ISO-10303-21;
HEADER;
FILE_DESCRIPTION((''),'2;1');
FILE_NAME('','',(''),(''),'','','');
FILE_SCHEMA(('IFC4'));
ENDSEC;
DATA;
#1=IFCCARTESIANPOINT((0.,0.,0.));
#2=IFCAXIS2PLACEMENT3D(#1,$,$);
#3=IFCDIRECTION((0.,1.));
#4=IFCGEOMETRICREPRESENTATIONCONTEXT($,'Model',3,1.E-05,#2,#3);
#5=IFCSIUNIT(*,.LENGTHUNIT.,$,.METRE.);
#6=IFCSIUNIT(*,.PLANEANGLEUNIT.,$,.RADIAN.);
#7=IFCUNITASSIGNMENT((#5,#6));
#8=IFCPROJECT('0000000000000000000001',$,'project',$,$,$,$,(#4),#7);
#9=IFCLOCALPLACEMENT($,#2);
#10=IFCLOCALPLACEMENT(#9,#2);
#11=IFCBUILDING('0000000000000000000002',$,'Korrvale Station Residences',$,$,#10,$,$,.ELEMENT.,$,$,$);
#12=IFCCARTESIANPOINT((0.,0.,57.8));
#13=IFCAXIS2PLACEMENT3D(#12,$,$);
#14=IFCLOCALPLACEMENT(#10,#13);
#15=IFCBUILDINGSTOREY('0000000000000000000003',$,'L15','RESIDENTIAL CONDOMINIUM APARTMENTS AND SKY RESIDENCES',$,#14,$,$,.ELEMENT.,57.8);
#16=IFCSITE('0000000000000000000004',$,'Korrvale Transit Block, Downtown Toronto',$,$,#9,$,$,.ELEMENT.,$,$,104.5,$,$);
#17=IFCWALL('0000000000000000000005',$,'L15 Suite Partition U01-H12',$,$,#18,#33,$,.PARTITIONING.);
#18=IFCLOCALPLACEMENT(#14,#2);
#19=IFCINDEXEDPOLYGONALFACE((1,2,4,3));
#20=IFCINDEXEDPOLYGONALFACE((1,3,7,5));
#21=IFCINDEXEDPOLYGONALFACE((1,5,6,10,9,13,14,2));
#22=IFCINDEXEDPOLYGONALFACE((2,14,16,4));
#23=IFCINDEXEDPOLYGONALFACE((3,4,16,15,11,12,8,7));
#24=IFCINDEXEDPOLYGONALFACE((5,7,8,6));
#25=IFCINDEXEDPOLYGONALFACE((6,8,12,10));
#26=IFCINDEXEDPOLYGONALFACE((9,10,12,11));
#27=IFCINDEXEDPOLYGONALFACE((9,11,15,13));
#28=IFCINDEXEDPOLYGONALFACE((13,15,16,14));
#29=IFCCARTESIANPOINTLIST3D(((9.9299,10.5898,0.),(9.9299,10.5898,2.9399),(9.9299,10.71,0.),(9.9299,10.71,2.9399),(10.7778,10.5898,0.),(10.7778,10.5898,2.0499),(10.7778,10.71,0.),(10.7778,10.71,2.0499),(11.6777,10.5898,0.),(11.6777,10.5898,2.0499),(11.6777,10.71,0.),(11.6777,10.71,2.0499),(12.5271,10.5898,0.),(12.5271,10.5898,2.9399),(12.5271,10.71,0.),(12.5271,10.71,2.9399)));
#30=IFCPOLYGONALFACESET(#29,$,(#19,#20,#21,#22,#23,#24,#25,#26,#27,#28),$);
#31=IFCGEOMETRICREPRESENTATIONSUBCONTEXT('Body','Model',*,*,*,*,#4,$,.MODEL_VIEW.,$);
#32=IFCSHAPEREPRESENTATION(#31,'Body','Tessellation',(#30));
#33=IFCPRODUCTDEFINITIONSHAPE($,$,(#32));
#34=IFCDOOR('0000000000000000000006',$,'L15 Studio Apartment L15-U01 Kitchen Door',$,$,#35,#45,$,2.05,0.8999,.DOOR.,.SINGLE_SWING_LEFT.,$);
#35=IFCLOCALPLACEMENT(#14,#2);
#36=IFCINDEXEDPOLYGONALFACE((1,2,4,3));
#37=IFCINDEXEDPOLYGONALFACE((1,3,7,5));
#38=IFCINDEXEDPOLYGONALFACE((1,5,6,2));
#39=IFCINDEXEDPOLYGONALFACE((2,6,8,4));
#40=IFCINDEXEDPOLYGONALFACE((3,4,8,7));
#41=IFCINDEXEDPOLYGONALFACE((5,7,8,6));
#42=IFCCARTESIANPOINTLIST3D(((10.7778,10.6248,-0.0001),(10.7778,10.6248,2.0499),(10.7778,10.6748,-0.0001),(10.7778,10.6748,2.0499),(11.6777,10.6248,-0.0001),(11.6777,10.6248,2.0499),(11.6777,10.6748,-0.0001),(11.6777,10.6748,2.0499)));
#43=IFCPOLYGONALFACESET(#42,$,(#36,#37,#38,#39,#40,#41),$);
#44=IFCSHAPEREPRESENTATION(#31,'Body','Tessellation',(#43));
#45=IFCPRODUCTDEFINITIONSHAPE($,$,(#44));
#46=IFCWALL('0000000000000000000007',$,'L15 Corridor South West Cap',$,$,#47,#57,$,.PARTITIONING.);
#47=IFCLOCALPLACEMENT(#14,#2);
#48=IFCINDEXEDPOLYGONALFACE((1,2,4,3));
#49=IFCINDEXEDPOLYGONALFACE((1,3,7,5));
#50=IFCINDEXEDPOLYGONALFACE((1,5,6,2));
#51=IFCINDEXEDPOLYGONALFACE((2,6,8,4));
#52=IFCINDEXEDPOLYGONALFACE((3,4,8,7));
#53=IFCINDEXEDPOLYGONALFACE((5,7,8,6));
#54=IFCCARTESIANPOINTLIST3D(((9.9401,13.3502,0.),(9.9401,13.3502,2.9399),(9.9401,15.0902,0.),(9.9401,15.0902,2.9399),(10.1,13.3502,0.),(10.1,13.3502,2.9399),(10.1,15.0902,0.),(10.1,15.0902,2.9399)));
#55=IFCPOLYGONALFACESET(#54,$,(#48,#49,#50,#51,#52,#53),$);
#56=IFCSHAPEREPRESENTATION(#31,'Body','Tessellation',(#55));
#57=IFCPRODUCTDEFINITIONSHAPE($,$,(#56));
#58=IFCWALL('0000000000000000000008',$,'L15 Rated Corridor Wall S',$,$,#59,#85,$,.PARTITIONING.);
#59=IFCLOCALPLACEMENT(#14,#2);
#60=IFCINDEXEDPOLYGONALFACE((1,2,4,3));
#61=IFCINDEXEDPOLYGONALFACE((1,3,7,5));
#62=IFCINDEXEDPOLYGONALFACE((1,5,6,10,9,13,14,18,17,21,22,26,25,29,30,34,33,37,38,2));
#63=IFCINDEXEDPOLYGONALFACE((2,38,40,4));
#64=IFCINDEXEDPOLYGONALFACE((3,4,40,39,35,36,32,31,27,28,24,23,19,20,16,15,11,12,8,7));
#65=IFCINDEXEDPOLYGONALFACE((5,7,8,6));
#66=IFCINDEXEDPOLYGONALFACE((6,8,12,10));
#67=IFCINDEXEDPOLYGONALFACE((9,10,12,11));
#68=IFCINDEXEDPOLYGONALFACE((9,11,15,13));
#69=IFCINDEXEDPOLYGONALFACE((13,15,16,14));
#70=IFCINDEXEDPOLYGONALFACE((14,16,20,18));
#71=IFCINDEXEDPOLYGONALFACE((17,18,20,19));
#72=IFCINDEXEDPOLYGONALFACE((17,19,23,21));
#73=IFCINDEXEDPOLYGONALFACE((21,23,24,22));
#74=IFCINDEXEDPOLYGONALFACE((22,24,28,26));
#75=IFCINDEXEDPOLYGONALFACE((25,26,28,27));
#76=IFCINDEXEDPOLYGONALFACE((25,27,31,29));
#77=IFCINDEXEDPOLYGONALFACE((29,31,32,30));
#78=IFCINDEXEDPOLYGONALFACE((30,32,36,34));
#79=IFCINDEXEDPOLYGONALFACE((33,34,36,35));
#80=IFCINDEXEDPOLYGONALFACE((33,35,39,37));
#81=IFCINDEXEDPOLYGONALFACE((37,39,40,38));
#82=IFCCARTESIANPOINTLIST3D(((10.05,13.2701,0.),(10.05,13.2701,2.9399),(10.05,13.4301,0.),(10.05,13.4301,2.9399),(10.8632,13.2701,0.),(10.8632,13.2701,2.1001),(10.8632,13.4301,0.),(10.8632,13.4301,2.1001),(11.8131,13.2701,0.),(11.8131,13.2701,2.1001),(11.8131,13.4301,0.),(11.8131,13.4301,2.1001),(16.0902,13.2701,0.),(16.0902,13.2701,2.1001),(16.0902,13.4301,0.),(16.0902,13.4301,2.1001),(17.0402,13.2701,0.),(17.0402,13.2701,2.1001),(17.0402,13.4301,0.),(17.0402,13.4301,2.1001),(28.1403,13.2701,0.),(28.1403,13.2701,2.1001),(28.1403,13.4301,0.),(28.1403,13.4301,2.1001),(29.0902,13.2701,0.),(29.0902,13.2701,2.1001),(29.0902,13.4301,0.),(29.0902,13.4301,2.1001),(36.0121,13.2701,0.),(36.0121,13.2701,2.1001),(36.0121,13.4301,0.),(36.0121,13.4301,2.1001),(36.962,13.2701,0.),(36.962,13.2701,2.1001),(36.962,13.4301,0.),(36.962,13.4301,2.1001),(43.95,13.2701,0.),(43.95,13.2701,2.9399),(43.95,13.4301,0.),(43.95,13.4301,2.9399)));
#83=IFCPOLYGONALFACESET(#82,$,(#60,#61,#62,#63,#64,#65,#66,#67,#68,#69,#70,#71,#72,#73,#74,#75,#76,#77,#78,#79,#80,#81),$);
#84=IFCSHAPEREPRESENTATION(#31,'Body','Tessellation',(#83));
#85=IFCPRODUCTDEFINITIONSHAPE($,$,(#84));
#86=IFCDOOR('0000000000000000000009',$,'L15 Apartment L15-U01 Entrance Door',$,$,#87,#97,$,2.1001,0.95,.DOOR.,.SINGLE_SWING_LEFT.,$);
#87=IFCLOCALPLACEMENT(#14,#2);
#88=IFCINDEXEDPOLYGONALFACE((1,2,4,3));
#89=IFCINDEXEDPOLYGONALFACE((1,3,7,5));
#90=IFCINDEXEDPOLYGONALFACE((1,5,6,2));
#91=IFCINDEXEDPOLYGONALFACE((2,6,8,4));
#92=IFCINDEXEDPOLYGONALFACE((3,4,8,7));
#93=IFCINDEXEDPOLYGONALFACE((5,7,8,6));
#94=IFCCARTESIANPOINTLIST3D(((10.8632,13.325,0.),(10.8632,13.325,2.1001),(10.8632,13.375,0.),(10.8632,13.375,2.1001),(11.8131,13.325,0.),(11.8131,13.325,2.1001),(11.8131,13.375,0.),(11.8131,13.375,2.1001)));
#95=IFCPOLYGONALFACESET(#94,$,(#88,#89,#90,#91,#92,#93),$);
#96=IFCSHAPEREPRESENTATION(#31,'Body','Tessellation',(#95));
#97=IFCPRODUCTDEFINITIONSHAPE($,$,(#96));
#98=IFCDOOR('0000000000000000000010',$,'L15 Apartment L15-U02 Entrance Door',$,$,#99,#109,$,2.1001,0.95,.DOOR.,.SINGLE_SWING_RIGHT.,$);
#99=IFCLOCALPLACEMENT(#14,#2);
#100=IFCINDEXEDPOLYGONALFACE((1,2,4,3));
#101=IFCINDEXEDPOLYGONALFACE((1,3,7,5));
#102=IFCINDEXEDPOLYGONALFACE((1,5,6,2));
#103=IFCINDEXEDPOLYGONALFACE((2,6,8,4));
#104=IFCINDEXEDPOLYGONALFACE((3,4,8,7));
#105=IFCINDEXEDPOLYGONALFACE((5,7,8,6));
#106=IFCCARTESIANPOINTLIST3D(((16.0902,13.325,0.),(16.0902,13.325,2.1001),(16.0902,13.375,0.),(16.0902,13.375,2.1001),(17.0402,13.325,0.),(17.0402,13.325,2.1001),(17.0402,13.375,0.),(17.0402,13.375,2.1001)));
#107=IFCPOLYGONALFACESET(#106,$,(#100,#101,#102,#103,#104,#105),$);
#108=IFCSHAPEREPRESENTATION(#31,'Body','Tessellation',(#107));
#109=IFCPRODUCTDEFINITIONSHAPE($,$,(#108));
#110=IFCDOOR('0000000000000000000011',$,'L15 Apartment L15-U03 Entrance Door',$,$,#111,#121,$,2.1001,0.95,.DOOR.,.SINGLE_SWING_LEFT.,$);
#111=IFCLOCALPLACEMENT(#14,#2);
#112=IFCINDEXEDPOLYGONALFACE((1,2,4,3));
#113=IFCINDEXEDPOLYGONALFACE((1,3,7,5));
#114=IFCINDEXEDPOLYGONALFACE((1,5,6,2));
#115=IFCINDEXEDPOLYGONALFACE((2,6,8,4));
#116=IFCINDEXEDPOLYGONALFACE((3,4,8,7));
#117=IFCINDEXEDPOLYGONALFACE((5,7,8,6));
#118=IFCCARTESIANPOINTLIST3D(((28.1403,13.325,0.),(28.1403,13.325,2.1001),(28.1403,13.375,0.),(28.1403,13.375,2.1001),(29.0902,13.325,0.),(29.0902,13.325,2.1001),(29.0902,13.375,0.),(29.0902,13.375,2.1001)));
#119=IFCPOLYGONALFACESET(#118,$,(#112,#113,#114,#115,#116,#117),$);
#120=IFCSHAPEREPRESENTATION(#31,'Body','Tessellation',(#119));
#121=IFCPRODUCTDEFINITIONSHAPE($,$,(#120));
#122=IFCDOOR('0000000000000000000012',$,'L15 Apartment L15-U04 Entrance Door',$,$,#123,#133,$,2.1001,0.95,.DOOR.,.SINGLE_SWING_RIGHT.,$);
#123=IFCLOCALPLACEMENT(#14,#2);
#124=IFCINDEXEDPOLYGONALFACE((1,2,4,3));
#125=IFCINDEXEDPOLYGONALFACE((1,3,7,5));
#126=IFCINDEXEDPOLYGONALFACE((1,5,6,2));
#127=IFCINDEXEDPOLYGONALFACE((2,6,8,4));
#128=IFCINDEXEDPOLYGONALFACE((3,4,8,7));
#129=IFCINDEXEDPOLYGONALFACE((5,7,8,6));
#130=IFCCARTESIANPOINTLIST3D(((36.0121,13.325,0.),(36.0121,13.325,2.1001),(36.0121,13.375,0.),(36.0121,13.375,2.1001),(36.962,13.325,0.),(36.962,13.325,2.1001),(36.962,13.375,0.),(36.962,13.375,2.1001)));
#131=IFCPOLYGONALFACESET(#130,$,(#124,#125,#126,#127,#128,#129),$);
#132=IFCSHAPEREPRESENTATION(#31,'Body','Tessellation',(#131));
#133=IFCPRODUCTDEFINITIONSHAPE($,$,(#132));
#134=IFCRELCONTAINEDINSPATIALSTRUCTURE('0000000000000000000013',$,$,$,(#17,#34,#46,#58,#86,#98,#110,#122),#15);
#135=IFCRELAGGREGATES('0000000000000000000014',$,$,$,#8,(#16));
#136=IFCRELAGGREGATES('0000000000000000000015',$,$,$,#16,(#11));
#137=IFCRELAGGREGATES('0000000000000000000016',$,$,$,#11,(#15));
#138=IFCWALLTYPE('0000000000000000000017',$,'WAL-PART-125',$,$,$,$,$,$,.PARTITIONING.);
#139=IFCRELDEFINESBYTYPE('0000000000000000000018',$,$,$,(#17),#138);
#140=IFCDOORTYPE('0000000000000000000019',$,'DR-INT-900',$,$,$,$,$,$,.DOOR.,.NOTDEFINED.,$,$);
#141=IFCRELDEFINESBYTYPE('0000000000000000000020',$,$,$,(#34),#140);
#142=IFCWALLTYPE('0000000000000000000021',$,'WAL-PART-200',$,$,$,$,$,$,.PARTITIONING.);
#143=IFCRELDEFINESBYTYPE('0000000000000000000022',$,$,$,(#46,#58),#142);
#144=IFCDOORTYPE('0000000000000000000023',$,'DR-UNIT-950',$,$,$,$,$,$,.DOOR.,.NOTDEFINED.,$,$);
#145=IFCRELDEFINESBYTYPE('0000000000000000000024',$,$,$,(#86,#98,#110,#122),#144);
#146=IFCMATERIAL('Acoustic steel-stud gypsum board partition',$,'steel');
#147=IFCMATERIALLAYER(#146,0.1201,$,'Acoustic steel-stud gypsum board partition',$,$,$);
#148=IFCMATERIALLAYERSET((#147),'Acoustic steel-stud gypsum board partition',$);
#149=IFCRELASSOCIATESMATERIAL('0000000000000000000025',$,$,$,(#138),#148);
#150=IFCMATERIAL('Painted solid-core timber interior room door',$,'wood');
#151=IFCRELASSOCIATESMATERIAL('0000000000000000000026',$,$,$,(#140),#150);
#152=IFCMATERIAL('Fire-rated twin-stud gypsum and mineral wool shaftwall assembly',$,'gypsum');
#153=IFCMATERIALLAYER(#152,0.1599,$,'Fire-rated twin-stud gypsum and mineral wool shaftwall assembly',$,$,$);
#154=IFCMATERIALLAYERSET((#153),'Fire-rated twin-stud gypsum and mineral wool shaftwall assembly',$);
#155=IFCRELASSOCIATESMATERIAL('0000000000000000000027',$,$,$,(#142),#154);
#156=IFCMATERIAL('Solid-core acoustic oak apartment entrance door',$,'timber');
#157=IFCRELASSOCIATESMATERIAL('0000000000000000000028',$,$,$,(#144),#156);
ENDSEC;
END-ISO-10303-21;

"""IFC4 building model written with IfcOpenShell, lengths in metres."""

from ifc_helpers import new_model, si_unit, direction, frame, frame_2d, origin, place, context, subcontext, project, spatial, rectangle, extrude, material, layer, layer_set, type_object, element, fill, save


model = new_model("IFC4")

# Units and contexts
model_context = context("Model", 3, precision=1e-05, world=origin(), true_north=direction((0.0, 1.0)))
body_context = subcontext(model_context, "Body", "Model", "MODEL_VIEW")
ifc_project = project(units=[si_unit("LENGTHUNIT", "METRE"), si_unit("PLANEANGLEUNIT", "RADIAN")], contexts=[model_context])

# Site, building, storey
site_placement = place(None, origin())
site = spatial("IfcSite", under=ifc_project, at=site_placement, Name="Korrvale Transit Block, Downtown Toronto", CompositionType="ELEMENT", RefElevation=104.5)
building_placement = place(site_placement, origin())
building = spatial("IfcBuilding", under=site, at=building_placement, Name="Korrvale Station Residences", CompositionType="ELEMENT")
storey_placement = place(building_placement, frame((0.0, 0.0, 57.8)))
storey = spatial("IfcBuildingStorey", under=building, at=storey_placement, Name="L15", Description="RESIDENTIAL CONDOMINIUM APARTMENTS AND SKY RESIDENCES", CompositionType="ELEMENT", Elevation=57.8)

# Shared definitions
ifc_material_1 = material(Name="Acoustic steel-stud gypsum board partition", Category="steel")
ifc_layer_1 = layer(ifc_material_1, 0.1201, Name="Acoustic steel-stud gypsum board partition")
ifc_layer_set_1 = layer_set([ifc_layer_1], Name="Acoustic steel-stud gypsum board partition")
wall_type_1 = type_object("IfcWallType", Name="WAL-PART-125", PredefinedType="PARTITIONING", material=ifc_layer_set_1)

# Wall, opening, door
wall_1_placement = place(storey_placement, frame((9.9299, 10.6499, 0.0), z_axis=(0.0, 0.0, 1.0), x_axis=(1.0, 0.0, 0.0)))
wall_1 = element("IfcWall", 1, at=wall_1_placement, inside=storey, type_object=wall_type_1, Name="L15 Suite Partition U01-H12", PredefinedType="PARTITIONING", context=body_context, shape_type="SweptSolid", body=[
    extrude(rectangle(XDim=2.5972, YDim=0.1201, at=frame_2d((1.2986, 0.0))), origin(), (0.0, 0.0, 1.0), 2.9399),
])
opening_1_placement = place(wall_1_placement, frame((0.8479, 0.0, 0.0)))
opening_1 = element("IfcOpeningElement", 2, at=opening_1_placement, cuts=wall_1, PredefinedType="OPENING", context=body_context, shape_type="SweptSolid", body=[
    extrude(rectangle(XDim=0.8999, YDim=2.05, at=frame_2d((0.45, 1.0249))), frame((0.0, 0.0701, 0.0), z_axis=(0.0, -1.0, 0.0), x_axis=(1.0, 0.0, 0.0)), (0.0, 0.0, 1.0), 0.1401),
])
ifc_material_2 = material(Name="Painted solid-core timber interior room door", Category="wood")
door_type_1 = type_object("IfcDoorType", Name="DR-INT-900", OperationType="NOTDEFINED", PredefinedType="DOOR", material=ifc_material_2)
door_1_placement = place(opening_1_placement, origin())
door_1 = element("IfcDoor", 3, at=door_1_placement, inside=storey, type_object=door_type_1, Name="L15 Studio Apartment L15-U01 Kitchen Door", OperationType="SINGLE_SWING_LEFT", OverallHeight=2.05, OverallWidth=0.8999, PredefinedType="DOOR", context=body_context, shape_type="SweptSolid", body=[
    extrude(rectangle(XDim=0.8999, YDim=2.05, at=frame_2d((0.45, 1.0249))), frame((0.0, 0.0249, 0.0), z_axis=(0.0, -1.0, 0.0), x_axis=(1.0, 0.0, 0.0)), (0.0, 0.0, 1.0), 0.05),
])
fill(opening_1, door_1)

# Wall
ifc_material_3 = material(Name="Fire-rated twin-stud gypsum and mineral wool shaftwall assembly", Category="gypsum")
ifc_layer_2 = layer(ifc_material_3, 0.1599, Name="Fire-rated twin-stud gypsum and mineral wool shaftwall assembly")
ifc_layer_set_2 = layer_set([ifc_layer_2], Name="Fire-rated twin-stud gypsum and mineral wool shaftwall assembly")
wall_type_2 = type_object("IfcWallType", Name="WAL-PART-200", PredefinedType="PARTITIONING", material=ifc_layer_set_2)
wall_2_placement = place(storey_placement, frame((10.02, 13.3501, 0.0), z_axis=(0.0, 0.0, 1.0), x_axis=(0.0, 1.0, 0.0)))
element("IfcWall", 4, at=wall_2_placement, inside=storey, type_object=wall_type_2, Name="L15 Corridor South West Cap", PredefinedType="PARTITIONING", context=body_context, shape_type="SweptSolid", body=[
    extrude(rectangle(XDim=1.74, YDim=0.1599, at=frame_2d((0.8701, 0.0))), origin(), (0.0, 0.0, 1.0), 2.9399),
])

# Wall, openings, doors
wall_3_placement = place(storey_placement, frame((10.05, 13.3501, 0.0), z_axis=(0.0, 0.0, 1.0), x_axis=(1.0, 0.0, 0.0)))
wall_3 = element("IfcWall", 5, at=wall_3_placement, inside=storey, type_object=wall_type_2, Name="L15 Rated Corridor Wall S", PredefinedType="PARTITIONING", context=body_context, shape_type="SweptSolid", body=[
    extrude(rectangle(XDim=33.8999, YDim=0.1599, at=frame_2d((16.95, 0.0))), origin(), (0.0, 0.0, 1.0), 2.9399),
])
opening_2_placement = place(wall_3_placement, frame((0.813, 0.0, 0.0)))
opening_2 = element("IfcOpeningElement", 6, at=opening_2_placement, cuts=wall_3, PredefinedType="OPENING", context=body_context, shape_type="SweptSolid", body=[
    extrude(rectangle(XDim=0.95, YDim=2.1001, at=frame_2d((0.4751, 1.05))), frame((0.0, 0.0898, 0.0), z_axis=(0.0, -1.0, 0.0), x_axis=(1.0, 0.0, 0.0)), (0.0, 0.0, 1.0), 0.1799),
])
opening_3_placement = place(wall_3_placement, frame((6.04, 0.0, 0.0)))
opening_3 = element("IfcOpeningElement", 7, at=opening_3_placement, cuts=wall_3, PredefinedType="OPENING", context=body_context, shape_type="SweptSolid", body=[
    extrude(rectangle(XDim=0.95, YDim=2.1001, at=frame_2d((0.4751, 1.05))), frame((0.0, 0.0898, 0.0), z_axis=(0.0, -1.0, 0.0), x_axis=(1.0, 0.0, 0.0)), (0.0, 0.0, 1.0), 0.1799),
])
opening_4_placement = place(wall_3_placement, frame((18.0901, 0.0, 0.0)))
opening_4 = element("IfcOpeningElement", 8, at=opening_4_placement, cuts=wall_3, PredefinedType="OPENING", context=body_context, shape_type="SweptSolid", body=[
    extrude(rectangle(XDim=0.95, YDim=2.1001, at=frame_2d((0.4751, 1.05))), frame((0.0, 0.0898, 0.0), z_axis=(0.0, -1.0, 0.0), x_axis=(1.0, 0.0, 0.0)), (0.0, 0.0, 1.0), 0.1799),
])
opening_5_placement = place(wall_3_placement, frame((25.9619, 0.0, 0.0)))
opening_5 = element("IfcOpeningElement", 9, at=opening_5_placement, cuts=wall_3, PredefinedType="OPENING", context=body_context, shape_type="SweptSolid", body=[
    extrude(rectangle(XDim=0.95, YDim=2.1001, at=frame_2d((0.4751, 1.05))), frame((0.0, 0.0898, 0.0), z_axis=(0.0, -1.0, 0.0), x_axis=(1.0, 0.0, 0.0)), (0.0, 0.0, 1.0), 0.1799),
])
ifc_material_4 = material(Name="Solid-core acoustic oak apartment entrance door", Category="timber")
door_type_2 = type_object("IfcDoorType", Name="DR-UNIT-950", OperationType="NOTDEFINED", PredefinedType="DOOR", material=ifc_material_4)
door_2_placement = place(opening_2_placement, origin())
door_2 = element("IfcDoor", 10, at=door_2_placement, inside=storey, type_object=door_type_2, Name="L15 Apartment L15-U01 Entrance Door", OperationType="SINGLE_SWING_LEFT", OverallHeight=2.1001, OverallWidth=0.95, PredefinedType="DOOR", context=body_context, shape_type="SweptSolid", body=[
    extrude(rectangle(XDim=0.95, YDim=2.1001, at=frame_2d((0.4751, 1.05))), frame((0.0, 0.0249, 0.0), z_axis=(0.0, -1.0, 0.0), x_axis=(1.0, 0.0, 0.0)), (0.0, 0.0, 1.0), 0.05),
])
fill(opening_2, door_2)
door_3_placement = place(opening_3_placement, origin())
door_3 = element("IfcDoor", 11, at=door_3_placement, inside=storey, type_object=door_type_2, Name="L15 Apartment L15-U02 Entrance Door", OperationType="SINGLE_SWING_RIGHT", OverallHeight=2.1001, OverallWidth=0.95, PredefinedType="DOOR", context=body_context, shape_type="SweptSolid", body=[
    extrude(rectangle(XDim=0.95, YDim=2.1001, at=frame_2d((0.4751, 1.05))), frame((0.0, 0.0249, 0.0), z_axis=(0.0, -1.0, 0.0), x_axis=(1.0, 0.0, 0.0)), (0.0, 0.0, 1.0), 0.05),
])
fill(opening_3, door_3)
door_4_placement = place(opening_4_placement, origin())
door_4 = element("IfcDoor", 12, at=door_4_placement, inside=storey, type_object=door_type_2, Name="L15 Apartment L15-U03 Entrance Door", OperationType="SINGLE_SWING_LEFT", OverallHeight=2.1001, OverallWidth=0.95, PredefinedType="DOOR", context=body_context, shape_type="SweptSolid", body=[
    extrude(rectangle(XDim=0.95, YDim=2.1001, at=frame_2d((0.4751, 1.05))), frame((0.0, 0.0249, 0.0), z_axis=(0.0, -1.0, 0.0), x_axis=(1.0, 0.0, 0.0)), (0.0, 0.0, 1.0), 0.05),
])
fill(opening_4, door_4)
door_5_placement = place(opening_5_placement, origin())
door_5 = element("IfcDoor", 13, at=door_5_placement, inside=storey, type_object=door_type_2, Name="L15 Apartment L15-U04 Entrance Door", OperationType="SINGLE_SWING_RIGHT", OverallHeight=2.1001, OverallWidth=0.95, PredefinedType="DOOR", context=body_context, shape_type="SweptSolid", body=[
    extrude(rectangle(XDim=0.95, YDim=2.1001, at=frame_2d((0.4751, 1.05))), frame((0.0, 0.0249, 0.0), z_axis=(0.0, -1.0, 0.0), x_axis=(1.0, 0.0, 0.0)), (0.0, 0.0, 1.0), 0.05),
])
fill(opening_5, door_5)

save(model, "model.ifc")
